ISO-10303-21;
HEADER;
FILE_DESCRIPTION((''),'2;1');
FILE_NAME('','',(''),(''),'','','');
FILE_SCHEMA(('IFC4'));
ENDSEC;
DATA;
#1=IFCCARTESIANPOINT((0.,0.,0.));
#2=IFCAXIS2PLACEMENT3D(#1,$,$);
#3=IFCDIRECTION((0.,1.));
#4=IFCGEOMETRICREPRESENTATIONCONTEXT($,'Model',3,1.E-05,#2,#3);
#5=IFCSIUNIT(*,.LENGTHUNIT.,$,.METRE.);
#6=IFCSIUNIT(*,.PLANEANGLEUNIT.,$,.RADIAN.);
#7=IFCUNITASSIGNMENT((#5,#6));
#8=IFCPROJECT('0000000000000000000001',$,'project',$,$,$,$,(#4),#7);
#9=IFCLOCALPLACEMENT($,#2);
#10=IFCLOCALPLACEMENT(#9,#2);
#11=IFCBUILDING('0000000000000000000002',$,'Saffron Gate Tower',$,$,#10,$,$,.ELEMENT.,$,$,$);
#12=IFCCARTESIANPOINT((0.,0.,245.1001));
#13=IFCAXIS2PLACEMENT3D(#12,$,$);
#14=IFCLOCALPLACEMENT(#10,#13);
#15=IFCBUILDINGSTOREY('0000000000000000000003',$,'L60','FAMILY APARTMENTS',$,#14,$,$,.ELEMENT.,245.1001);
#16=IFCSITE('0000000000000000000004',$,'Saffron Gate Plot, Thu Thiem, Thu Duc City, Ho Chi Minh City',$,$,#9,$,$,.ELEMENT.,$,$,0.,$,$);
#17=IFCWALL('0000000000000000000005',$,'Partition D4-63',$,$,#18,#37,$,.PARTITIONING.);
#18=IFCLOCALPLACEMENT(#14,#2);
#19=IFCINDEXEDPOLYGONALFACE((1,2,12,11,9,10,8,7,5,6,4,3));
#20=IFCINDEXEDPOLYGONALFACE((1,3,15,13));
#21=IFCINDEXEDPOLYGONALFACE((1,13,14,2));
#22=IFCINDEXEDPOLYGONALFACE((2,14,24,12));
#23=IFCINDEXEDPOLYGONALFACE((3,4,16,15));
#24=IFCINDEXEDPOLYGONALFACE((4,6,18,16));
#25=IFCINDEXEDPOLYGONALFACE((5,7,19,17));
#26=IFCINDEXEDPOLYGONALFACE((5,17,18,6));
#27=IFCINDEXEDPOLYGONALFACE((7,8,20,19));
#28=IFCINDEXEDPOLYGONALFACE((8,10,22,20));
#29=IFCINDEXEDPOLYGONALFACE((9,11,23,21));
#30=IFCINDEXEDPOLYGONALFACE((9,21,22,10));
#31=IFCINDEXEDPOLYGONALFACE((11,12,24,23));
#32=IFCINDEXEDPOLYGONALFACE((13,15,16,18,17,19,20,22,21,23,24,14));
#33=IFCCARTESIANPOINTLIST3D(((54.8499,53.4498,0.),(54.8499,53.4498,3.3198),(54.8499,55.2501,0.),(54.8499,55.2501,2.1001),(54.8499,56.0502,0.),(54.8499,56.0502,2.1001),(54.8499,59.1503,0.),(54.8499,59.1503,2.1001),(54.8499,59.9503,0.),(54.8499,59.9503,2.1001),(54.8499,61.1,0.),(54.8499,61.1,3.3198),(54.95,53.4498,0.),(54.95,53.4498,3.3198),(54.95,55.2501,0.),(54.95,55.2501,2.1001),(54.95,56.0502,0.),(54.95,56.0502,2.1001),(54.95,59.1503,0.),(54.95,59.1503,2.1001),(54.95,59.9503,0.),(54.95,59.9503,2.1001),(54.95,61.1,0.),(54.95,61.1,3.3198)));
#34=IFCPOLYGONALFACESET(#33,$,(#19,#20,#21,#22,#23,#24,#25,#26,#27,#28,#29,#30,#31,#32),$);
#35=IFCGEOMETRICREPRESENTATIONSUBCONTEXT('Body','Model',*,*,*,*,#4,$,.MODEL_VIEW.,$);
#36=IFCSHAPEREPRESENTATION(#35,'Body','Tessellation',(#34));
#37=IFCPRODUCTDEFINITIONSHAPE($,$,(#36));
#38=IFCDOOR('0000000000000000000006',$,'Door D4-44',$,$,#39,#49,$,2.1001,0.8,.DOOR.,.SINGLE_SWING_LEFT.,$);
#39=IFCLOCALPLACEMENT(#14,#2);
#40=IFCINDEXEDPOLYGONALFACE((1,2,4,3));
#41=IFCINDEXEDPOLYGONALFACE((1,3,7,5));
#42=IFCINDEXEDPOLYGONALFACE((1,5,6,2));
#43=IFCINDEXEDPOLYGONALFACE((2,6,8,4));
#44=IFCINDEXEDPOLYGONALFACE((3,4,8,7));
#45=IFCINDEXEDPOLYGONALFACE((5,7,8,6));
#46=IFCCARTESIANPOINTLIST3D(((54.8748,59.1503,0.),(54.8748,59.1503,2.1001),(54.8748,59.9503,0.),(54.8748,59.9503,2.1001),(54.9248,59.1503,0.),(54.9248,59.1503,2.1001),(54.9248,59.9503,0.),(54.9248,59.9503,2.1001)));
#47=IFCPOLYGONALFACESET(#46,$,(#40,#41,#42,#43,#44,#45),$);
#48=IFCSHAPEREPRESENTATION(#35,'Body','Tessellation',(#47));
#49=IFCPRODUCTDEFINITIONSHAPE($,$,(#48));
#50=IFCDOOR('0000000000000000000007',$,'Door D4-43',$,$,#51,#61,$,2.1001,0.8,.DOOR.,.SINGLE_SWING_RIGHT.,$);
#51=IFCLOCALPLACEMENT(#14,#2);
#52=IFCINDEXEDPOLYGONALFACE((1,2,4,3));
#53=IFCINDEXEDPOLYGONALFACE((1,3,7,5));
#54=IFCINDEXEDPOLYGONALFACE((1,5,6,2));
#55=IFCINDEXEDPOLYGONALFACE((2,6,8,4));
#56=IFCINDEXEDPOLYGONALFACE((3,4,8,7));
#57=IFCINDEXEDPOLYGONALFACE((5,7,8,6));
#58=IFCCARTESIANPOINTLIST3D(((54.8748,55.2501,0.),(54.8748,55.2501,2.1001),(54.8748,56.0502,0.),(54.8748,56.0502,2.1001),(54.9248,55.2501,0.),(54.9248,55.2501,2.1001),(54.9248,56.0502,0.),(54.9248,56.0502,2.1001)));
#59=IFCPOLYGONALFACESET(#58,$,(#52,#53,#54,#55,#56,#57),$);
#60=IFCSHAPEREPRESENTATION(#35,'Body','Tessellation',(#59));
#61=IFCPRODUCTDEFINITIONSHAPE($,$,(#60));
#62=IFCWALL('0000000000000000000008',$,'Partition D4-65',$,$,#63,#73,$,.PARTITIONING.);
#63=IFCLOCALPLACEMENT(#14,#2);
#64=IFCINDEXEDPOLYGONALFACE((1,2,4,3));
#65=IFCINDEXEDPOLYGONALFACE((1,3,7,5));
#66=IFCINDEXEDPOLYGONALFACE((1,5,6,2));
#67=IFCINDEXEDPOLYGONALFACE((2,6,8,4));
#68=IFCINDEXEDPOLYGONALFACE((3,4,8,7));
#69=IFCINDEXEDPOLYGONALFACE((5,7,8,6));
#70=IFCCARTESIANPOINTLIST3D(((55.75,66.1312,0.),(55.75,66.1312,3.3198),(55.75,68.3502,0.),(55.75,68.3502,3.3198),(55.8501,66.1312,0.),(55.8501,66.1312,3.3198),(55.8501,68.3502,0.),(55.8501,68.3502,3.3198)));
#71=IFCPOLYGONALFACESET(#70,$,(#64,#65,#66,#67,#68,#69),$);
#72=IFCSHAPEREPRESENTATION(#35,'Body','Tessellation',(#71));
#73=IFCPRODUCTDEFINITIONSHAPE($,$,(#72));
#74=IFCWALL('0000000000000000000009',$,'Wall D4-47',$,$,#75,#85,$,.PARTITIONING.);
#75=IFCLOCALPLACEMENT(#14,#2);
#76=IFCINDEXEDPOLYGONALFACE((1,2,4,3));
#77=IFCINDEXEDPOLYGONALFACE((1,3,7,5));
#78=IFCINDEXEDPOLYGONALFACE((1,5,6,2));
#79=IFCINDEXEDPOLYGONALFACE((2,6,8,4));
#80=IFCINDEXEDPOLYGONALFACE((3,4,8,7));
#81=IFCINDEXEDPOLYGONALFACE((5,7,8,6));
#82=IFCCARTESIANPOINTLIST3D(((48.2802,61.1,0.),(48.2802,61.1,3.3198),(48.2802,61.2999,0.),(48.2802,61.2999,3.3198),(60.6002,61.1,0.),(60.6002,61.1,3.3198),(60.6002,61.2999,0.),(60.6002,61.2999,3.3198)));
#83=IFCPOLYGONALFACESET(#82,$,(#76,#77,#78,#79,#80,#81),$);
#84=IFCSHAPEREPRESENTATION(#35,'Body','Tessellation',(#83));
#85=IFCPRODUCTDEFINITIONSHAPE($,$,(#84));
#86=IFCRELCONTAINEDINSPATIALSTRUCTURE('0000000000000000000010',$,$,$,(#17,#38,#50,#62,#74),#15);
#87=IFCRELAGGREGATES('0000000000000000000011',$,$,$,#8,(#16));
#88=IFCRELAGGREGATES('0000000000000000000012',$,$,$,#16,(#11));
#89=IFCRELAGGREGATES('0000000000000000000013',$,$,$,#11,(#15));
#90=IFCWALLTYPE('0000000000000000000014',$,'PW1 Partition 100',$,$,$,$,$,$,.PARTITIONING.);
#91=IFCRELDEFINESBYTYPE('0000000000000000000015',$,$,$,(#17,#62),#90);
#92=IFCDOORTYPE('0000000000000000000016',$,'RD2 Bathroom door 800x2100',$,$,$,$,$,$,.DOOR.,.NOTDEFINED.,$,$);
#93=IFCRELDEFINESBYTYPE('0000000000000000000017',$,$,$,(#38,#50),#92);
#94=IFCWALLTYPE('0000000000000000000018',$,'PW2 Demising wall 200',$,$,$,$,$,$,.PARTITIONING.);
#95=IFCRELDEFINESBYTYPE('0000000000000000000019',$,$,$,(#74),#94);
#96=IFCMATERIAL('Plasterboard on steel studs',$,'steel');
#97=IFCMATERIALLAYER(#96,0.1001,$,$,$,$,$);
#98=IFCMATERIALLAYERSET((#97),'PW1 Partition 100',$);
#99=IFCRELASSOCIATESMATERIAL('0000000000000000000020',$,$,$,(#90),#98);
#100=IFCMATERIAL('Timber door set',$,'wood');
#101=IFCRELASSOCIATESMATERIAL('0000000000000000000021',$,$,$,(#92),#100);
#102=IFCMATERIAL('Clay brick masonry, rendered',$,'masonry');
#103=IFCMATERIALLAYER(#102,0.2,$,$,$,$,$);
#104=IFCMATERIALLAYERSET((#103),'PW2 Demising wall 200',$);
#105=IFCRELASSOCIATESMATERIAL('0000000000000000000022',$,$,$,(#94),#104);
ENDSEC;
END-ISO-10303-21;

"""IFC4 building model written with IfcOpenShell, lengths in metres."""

from ifc_helpers import new_model, si_unit, direction, frame, frame_2d, origin, place, context, subcontext, project, spatial, rectangle, extrude, material, layer, layer_set, type_object, element, fill, save


model = new_model("IFC4")

# Units and contexts
model_context = context("Model", 3, precision=1e-05, world=origin(), true_north=direction((0.0, 1.0)))
body_context = subcontext(model_context, "Body", "Model", "MODEL_VIEW")
ifc_project = project(units=[si_unit("LENGTHUNIT", "METRE"), si_unit("PLANEANGLEUNIT", "RADIAN")], contexts=[model_context])

# Site, building, storey
site_placement = place(None, origin())
site = spatial("IfcSite", under=ifc_project, at=site_placement, Name="Saffron Gate Plot, Thu Thiem, Thu Duc City, Ho Chi Minh City", CompositionType="ELEMENT", RefElevation=0.0)
building_placement = place(site_placement, origin())
building = spatial("IfcBuilding", under=site, at=building_placement, Name="Saffron Gate Tower", CompositionType="ELEMENT")
storey_placement = place(building_placement, frame((0.0, 0.0, 245.1001)))
storey = spatial("IfcBuildingStorey", under=building, at=storey_placement, Name="L60", Description="FAMILY APARTMENTS", CompositionType="ELEMENT", Elevation=245.1001)

# Shared definitions
ifc_material_1 = material(Name="Plasterboard on steel studs", Category="steel")
ifc_layer_1 = layer(ifc_material_1, 0.1001)
ifc_layer_set_1 = layer_set([ifc_layer_1], Name="PW1 Partition 100")
wall_type_1 = type_object("IfcWallType", Name="PW1 Partition 100", PredefinedType="PARTITIONING", material=ifc_layer_set_1)

# Shared definitions
ifc_material_2 = material(Name="Timber door set", Category="wood")

# Wall, openings, doors
wall_1_placement = place(storey_placement, frame((54.8999, 61.1001, 0.0), z_axis=(0.0, 0.0, 1.0), x_axis=(0.0, -1.0, 0.0)))
wall_1 = element("IfcWall", 1, at=wall_1_placement, inside=storey, type_object=wall_type_1, Name="Partition D4-63", PredefinedType="PARTITIONING", context=body_context, shape_type="SweptSolid", body=[
    extrude(rectangle(XDim=7.6501, YDim=0.1001, at=frame_2d((3.8252, 0.0))), origin(), (0.0, 0.0, 1.0), 3.3198),
])
opening_1_placement = place(wall_1_placement, frame((1.1499, 0.0, 0.0)))
opening_1 = element("IfcOpeningElement", 2, at=opening_1_placement, cuts=wall_1, PredefinedType="OPENING", context=body_context, shape_type="SweptSolid", body=[
    extrude(rectangle(XDim=0.8, YDim=2.1001, at=frame_2d((0.3999, 1.05))), frame((0.0, 0.0601, 0.0), z_axis=(0.0, -1.0, 0.0), x_axis=(1.0, 0.0, 0.0)), (0.0, 0.0, 1.0), 0.1201),
])
opening_2_placement = place(wall_1_placement, frame((5.05, 0.0, 0.0)))
opening_2 = element("IfcOpeningElement", 3, at=opening_2_placement, cuts=wall_1, PredefinedType="OPENING", context=body_context, shape_type="SweptSolid", body=[
    extrude(rectangle(XDim=0.8, YDim=2.1001, at=frame_2d((0.3999, 1.05))), frame((0.0, 0.0601, 0.0), z_axis=(0.0, -1.0, 0.0), x_axis=(1.0, 0.0, 0.0)), (0.0, 0.0, 1.0), 0.1201),
])
door_type_1 = type_object("IfcDoorType", Name="RD2 Bathroom door 800x2100", OperationType="NOTDEFINED", PredefinedType="DOOR", material=ifc_material_2)
door_1_placement = place(opening_1_placement, origin())
door_1 = element("IfcDoor", 4, at=door_1_placement, inside=storey, type_object=door_type_1, Name="Door D4-44", OperationType="SINGLE_SWING_LEFT", OverallHeight=2.1001, OverallWidth=0.8, PredefinedType="DOOR", context=body_context, shape_type="SweptSolid", body=[
    extrude(rectangle(XDim=0.8, YDim=2.1001, at=frame_2d((0.3999, 1.05))), frame((0.0, 0.0249, 0.0), z_axis=(0.0, -1.0, 0.0), x_axis=(1.0, 0.0, 0.0)), (0.0, 0.0, 1.0), 0.05),
])
fill(opening_1, door_1)
door_2_placement = place(opening_2_placement, origin())
door_2 = element("IfcDoor", 5, at=door_2_placement, inside=storey, type_object=door_type_1, Name="Door D4-43", OperationType="SINGLE_SWING_RIGHT", OverallHeight=2.1001, OverallWidth=0.8, PredefinedType="DOOR", context=body_context, shape_type="SweptSolid", body=[
    extrude(rectangle(XDim=0.8, YDim=2.1001, at=frame_2d((0.3999, 1.05))), frame((0.0, 0.0249, 0.0), z_axis=(0.0, -1.0, 0.0), x_axis=(1.0, 0.0, 0.0)), (0.0, 0.0, 1.0), 0.05),
])
fill(opening_2, door_2)

# Walls
wall_2_placement = place(storey_placement, frame((55.8, 68.3501, 0.0), z_axis=(0.0, 0.0, 1.0), x_axis=(0.0, -1.0, 0.0)))
element("IfcWall", 6, at=wall_2_placement, inside=storey, type_object=wall_type_1, Name="Partition D4-65", PredefinedType="PARTITIONING", context=body_context, shape_type="SweptSolid", body=[
    extrude(rectangle(XDim=2.219, YDim=0.1001, at=frame_2d((1.1094, 0.0))), origin(), (0.0, 0.0, 1.0), 3.3198),
])
ifc_material_3 = material(Name="Clay brick masonry, rendered", Category="masonry")
ifc_layer_2 = layer(ifc_material_3, 0.2)
ifc_layer_set_2 = layer_set([ifc_layer_2], Name="PW2 Demising wall 200")
wall_type_2 = type_object("IfcWallType", Name="PW2 Demising wall 200", PredefinedType="PARTITIONING", material=ifc_layer_set_2)
wall_3_placement = place(storey_placement, frame((48.28, 61.2, 0.0), z_axis=(0.0, 0.0, 1.0), x_axis=(1.0, 0.0, 0.0)))
element("IfcWall", 7, at=wall_3_placement, inside=storey, type_object=wall_type_2, Name="Wall D4-47", PredefinedType="PARTITIONING", context=body_context, shape_type="SweptSolid", body=[
    extrude(rectangle(XDim=12.3201, YDim=0.2, at=frame_2d((6.1602, 0.0))), origin(), (0.0, 0.0, 1.0), 3.3198),
])

save(model, "model.ifc")
